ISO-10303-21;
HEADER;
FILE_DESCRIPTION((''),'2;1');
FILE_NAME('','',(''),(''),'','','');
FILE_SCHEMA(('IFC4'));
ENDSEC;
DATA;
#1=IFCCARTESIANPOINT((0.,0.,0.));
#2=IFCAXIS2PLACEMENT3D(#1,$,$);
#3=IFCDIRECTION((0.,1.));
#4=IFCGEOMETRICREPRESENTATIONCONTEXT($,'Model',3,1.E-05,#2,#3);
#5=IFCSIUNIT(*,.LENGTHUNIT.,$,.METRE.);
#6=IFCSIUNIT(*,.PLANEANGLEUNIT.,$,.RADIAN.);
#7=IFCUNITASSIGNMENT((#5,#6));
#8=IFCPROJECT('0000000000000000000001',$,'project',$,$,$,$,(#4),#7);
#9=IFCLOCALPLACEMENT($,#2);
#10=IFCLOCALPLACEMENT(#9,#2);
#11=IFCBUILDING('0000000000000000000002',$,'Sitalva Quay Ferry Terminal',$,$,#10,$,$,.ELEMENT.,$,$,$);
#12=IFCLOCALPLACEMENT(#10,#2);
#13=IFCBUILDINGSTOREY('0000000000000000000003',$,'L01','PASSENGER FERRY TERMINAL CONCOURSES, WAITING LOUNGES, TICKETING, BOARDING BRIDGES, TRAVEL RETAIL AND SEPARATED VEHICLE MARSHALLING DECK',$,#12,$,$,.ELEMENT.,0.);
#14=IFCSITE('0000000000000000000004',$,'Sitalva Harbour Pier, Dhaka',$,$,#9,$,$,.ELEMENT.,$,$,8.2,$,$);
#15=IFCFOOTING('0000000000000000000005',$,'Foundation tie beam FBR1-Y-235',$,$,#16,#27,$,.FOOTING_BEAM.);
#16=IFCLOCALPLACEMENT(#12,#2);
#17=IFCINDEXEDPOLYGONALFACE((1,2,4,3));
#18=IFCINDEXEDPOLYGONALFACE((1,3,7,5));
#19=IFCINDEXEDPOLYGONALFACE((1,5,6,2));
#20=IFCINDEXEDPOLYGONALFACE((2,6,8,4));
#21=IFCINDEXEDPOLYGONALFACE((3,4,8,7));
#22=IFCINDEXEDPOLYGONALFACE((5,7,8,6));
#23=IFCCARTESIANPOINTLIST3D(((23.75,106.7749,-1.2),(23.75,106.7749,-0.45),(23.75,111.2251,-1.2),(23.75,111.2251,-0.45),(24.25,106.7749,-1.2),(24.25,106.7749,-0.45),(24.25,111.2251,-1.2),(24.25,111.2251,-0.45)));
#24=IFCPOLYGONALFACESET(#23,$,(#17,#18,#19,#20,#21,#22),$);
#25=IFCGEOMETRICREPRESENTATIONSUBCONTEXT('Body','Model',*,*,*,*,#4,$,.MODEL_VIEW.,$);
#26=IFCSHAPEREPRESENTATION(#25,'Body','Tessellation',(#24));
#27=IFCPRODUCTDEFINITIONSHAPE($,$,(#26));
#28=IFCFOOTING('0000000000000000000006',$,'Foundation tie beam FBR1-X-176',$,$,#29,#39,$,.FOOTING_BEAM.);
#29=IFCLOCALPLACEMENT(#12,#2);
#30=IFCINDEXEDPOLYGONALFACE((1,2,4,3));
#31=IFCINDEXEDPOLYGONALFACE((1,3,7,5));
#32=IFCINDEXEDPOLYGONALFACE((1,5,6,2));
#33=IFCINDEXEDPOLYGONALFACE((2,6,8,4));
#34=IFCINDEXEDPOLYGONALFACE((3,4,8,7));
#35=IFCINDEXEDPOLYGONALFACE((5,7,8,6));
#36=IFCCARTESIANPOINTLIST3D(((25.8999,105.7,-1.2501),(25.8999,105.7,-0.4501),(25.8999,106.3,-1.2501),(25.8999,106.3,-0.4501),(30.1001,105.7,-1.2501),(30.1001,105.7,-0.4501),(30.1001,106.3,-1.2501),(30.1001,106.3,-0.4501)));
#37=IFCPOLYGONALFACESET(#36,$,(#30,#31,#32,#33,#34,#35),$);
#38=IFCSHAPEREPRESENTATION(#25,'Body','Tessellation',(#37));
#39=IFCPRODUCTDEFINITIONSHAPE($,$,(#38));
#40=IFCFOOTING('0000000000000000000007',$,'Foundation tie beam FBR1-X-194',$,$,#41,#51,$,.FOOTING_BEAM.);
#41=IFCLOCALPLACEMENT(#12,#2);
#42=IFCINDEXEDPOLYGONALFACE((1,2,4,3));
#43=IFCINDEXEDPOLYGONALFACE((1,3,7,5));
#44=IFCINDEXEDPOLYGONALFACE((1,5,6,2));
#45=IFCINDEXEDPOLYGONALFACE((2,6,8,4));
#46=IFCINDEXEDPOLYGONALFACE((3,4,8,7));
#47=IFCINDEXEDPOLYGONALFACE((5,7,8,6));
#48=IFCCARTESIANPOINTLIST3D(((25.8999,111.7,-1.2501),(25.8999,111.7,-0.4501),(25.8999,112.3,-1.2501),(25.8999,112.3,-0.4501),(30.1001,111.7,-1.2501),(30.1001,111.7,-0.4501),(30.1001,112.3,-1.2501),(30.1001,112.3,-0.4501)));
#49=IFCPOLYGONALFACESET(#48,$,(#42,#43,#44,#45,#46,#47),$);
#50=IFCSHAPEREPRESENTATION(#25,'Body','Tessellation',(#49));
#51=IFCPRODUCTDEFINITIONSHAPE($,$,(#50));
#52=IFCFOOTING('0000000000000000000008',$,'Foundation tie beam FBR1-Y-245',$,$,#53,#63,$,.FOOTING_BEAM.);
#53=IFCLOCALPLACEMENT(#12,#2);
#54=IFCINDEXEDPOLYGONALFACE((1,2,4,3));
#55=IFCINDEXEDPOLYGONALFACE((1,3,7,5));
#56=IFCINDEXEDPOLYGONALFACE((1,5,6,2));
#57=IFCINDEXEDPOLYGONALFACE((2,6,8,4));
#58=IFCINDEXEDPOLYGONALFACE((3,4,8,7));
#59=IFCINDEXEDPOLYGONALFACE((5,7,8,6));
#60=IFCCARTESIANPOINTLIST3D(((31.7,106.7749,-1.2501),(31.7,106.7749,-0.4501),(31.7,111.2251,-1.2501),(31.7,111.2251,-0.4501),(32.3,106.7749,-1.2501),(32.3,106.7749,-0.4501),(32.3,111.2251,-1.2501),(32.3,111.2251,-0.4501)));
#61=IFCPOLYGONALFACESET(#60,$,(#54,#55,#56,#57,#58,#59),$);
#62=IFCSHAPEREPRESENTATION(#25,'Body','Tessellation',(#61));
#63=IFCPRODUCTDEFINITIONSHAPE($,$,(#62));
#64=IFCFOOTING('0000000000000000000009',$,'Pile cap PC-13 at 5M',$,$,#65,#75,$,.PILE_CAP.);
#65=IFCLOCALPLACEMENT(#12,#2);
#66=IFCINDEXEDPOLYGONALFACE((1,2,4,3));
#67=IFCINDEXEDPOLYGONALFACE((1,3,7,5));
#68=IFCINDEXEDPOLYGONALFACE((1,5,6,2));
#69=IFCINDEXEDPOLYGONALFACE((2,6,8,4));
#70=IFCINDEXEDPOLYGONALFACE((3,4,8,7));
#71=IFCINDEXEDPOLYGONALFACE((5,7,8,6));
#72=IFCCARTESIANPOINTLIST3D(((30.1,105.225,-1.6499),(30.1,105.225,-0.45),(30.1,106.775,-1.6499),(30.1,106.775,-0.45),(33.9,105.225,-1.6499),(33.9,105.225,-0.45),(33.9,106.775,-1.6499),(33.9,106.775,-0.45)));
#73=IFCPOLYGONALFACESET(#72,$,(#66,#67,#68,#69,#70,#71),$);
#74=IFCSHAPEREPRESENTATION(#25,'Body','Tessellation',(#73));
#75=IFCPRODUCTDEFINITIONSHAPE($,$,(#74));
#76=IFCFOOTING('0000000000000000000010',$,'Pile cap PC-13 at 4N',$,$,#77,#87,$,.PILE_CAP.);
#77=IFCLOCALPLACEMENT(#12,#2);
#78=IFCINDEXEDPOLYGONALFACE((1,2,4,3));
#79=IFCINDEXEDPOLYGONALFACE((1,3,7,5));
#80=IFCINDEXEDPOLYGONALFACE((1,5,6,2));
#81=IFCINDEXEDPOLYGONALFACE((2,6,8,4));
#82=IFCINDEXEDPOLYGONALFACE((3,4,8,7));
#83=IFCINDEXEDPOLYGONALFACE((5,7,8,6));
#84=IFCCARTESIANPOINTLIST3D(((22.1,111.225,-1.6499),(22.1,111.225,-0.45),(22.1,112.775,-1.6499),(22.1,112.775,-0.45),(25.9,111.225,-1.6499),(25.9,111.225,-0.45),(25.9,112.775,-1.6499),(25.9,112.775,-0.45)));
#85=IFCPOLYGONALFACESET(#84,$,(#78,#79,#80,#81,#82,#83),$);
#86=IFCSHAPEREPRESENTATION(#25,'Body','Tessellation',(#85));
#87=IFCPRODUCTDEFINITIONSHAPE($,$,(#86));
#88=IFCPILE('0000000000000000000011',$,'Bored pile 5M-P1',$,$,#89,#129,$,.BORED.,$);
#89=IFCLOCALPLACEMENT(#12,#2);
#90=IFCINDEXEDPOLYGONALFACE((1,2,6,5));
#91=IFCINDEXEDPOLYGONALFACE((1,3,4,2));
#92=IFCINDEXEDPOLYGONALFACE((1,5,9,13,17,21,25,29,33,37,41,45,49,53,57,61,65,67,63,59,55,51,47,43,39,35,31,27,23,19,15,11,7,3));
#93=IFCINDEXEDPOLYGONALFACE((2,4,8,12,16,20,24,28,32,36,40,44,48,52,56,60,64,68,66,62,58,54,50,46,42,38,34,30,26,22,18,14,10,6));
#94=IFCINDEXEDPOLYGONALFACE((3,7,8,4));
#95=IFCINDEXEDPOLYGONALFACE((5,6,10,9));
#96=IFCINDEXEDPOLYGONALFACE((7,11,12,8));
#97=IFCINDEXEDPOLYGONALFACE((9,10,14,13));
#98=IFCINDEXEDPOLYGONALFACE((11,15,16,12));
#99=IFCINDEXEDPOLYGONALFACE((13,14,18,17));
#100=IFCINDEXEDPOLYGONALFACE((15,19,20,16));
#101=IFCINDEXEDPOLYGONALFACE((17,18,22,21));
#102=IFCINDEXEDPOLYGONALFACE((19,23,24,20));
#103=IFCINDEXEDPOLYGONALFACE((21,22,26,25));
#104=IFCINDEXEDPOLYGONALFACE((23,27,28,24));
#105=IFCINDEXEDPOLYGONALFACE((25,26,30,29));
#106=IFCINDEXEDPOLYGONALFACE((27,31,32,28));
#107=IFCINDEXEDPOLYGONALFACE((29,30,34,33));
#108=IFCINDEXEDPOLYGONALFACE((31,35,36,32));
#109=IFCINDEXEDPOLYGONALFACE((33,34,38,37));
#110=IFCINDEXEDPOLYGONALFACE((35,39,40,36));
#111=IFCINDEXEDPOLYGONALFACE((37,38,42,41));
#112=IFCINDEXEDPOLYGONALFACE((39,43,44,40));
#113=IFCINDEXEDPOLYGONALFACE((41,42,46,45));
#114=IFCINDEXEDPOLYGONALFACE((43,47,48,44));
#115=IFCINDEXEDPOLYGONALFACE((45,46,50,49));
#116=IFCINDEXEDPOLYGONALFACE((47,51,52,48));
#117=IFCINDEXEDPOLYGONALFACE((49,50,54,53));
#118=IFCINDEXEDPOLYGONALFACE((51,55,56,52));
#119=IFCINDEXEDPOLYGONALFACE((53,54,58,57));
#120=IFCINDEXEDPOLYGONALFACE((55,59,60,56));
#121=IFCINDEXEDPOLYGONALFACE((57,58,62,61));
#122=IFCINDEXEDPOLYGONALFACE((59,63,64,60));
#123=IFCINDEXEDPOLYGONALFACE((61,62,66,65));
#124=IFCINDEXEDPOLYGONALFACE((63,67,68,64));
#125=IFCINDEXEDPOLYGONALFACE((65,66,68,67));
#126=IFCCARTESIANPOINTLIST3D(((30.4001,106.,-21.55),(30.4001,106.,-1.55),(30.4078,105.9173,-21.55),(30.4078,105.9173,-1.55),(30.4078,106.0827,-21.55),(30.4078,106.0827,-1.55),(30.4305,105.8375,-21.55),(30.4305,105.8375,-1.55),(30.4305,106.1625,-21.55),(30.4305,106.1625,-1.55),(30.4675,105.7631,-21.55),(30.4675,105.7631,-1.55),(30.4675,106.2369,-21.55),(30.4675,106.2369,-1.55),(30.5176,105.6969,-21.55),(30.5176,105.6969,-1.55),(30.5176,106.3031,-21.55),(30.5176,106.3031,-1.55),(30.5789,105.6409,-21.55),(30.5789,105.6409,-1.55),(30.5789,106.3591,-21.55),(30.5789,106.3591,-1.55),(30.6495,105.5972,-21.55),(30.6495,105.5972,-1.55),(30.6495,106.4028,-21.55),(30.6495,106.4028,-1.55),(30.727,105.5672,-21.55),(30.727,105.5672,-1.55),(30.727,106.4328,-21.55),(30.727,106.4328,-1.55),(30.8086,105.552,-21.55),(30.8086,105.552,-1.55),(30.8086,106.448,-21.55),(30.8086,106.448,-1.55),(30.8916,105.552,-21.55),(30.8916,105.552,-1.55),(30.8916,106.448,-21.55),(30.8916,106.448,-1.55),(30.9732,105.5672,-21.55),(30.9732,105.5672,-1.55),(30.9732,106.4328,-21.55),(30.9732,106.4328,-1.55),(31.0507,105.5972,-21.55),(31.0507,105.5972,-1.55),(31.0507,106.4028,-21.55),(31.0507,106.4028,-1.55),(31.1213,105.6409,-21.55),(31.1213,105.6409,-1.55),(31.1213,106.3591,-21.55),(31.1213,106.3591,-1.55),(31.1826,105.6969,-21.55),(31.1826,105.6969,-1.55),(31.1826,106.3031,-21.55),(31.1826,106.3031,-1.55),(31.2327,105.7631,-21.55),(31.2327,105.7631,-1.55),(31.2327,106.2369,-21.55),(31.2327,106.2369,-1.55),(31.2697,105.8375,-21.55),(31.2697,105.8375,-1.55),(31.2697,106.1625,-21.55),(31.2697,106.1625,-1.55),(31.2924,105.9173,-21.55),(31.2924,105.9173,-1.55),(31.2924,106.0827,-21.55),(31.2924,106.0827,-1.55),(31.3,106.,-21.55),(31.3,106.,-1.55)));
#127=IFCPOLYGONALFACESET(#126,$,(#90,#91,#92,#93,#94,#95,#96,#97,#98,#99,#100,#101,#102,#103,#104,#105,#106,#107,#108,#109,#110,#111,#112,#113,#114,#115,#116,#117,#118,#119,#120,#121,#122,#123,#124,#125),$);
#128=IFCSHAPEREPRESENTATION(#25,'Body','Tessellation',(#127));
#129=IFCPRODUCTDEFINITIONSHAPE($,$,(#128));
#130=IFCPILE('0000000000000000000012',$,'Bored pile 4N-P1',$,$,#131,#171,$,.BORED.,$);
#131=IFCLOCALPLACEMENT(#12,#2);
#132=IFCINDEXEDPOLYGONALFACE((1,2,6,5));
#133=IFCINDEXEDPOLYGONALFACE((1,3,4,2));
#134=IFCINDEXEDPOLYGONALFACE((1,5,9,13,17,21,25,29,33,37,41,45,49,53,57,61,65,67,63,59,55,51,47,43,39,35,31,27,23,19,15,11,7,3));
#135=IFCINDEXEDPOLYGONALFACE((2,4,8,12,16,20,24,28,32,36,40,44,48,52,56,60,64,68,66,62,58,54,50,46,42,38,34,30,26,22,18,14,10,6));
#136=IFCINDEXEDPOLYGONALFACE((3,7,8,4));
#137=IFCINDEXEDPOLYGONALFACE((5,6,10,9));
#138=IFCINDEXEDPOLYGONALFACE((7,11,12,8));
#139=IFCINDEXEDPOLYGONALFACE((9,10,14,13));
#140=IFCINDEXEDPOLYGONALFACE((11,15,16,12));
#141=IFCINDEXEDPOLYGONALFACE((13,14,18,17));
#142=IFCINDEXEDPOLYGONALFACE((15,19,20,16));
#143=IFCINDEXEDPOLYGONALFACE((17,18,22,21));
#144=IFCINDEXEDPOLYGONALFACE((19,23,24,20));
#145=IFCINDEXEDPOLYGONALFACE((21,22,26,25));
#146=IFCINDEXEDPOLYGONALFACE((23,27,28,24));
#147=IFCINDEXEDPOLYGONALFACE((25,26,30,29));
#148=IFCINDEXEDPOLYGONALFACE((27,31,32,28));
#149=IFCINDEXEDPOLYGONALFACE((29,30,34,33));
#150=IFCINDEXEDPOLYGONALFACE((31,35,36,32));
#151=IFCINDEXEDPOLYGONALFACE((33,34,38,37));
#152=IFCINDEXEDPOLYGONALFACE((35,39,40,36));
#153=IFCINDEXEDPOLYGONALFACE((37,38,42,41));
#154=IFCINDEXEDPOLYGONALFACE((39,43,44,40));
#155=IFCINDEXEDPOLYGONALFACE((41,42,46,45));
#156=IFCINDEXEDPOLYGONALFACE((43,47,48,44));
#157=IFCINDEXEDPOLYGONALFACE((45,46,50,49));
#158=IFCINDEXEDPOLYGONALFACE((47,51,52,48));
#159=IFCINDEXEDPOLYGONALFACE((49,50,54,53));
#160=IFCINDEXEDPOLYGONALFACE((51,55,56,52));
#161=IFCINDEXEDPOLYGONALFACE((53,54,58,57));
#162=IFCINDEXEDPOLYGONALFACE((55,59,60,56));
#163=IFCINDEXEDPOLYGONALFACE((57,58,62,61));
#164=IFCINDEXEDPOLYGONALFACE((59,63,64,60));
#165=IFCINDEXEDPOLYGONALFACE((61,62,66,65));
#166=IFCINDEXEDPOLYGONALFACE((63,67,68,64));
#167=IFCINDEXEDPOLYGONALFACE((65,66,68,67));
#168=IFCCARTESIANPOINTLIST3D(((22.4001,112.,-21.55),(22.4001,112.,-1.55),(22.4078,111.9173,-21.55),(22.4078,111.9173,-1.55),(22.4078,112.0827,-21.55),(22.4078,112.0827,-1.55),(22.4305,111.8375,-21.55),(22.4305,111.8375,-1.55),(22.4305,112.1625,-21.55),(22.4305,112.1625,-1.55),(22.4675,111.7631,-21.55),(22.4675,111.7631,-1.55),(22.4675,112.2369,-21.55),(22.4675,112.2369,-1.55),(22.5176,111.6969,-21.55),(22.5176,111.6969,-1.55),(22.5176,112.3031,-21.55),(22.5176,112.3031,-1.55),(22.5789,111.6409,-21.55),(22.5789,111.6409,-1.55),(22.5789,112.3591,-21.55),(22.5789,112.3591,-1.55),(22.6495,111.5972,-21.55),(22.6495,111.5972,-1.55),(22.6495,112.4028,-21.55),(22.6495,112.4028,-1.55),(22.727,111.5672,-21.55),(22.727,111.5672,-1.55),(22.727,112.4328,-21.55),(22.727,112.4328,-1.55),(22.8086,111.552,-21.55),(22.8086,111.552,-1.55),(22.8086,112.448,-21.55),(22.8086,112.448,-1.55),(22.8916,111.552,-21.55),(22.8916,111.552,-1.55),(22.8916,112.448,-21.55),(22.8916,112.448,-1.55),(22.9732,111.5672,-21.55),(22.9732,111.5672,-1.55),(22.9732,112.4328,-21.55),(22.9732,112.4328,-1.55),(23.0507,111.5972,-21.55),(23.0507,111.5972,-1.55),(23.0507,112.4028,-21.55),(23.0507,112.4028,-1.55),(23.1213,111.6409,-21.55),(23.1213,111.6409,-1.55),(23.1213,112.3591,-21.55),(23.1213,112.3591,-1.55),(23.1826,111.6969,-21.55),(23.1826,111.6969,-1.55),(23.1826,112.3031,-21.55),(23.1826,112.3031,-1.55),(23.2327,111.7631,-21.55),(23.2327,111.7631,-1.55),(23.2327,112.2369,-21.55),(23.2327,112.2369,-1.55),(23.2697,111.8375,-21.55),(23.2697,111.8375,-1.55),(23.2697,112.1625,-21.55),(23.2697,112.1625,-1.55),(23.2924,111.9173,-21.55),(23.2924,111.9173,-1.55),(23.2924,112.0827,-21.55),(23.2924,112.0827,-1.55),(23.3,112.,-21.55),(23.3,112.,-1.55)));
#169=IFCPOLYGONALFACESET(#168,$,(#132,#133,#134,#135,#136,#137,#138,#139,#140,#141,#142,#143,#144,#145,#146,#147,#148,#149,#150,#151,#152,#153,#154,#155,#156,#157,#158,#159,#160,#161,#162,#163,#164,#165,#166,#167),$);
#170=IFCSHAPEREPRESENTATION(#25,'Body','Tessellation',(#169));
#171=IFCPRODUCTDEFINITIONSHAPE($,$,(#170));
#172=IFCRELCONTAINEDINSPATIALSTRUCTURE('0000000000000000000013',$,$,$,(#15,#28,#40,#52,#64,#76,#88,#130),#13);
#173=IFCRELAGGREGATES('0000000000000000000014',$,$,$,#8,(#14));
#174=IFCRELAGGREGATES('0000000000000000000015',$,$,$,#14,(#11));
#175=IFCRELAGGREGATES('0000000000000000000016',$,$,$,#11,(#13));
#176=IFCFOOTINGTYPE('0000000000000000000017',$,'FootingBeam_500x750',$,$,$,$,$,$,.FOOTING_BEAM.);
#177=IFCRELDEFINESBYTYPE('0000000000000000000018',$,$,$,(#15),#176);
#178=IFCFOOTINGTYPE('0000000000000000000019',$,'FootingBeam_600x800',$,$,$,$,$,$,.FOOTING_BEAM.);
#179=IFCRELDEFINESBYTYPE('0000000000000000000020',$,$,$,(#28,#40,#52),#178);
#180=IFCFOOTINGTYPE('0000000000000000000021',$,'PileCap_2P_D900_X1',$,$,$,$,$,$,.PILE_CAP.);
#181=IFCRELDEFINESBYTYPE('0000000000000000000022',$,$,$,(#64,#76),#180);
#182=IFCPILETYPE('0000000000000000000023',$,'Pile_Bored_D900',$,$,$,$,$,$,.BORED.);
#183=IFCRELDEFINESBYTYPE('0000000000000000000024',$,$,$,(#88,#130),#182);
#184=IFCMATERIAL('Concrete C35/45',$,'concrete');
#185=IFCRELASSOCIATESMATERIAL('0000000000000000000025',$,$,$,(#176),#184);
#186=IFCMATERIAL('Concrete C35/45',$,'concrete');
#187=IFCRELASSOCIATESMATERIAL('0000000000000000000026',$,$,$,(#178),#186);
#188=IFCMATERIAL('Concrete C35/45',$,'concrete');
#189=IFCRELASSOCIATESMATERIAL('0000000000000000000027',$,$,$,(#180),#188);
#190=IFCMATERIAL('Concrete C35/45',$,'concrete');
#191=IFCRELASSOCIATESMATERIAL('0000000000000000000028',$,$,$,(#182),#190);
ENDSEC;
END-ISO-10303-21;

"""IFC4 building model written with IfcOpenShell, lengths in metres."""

from ifc_helpers import new_model, si_unit, direction, frame, origin, origin_2d, place, context, subcontext, project, spatial, rectangle, circle, extrude, material, material_profile, profile_set, type_object, element, save


model = new_model("IFC4")

# Units and contexts
model_context = context("Model", 3, precision=1e-05, world=origin(), true_north=direction((0.0, 1.0)))
body_context = subcontext(model_context, "Body", "Model", "MODEL_VIEW")
ifc_project = project(units=[si_unit("LENGTHUNIT", "METRE"), si_unit("PLANEANGLEUNIT", "RADIAN")], contexts=[model_context])

# Site, building, storey
site_placement = place(None, origin())
site = spatial("IfcSite", under=ifc_project, at=site_placement, Name="Sitalva Harbour Pier, Dhaka", CompositionType="ELEMENT", RefElevation=8.2)
building_placement = place(site_placement, origin())
building = spatial("IfcBuilding", under=site, at=building_placement, Name="Sitalva Quay Ferry Terminal", CompositionType="ELEMENT")
storey_placement = place(building_placement, origin())
storey = spatial("IfcBuildingStorey", under=building, at=storey_placement, Name="L01", Description="PASSENGER FERRY TERMINAL CONCOURSES, WAITING LOUNGES, TICKETING, BOARDING BRIDGES, TRAVEL RETAIL AND SEPARATED VEHICLE MARSHALLING DECK", CompositionType="ELEMENT", Elevation=0.0)

# Footings
ifc_material_1 = material(Name="Concrete C35/45", Category="concrete")
ifc_material_profile_1 = material_profile(ifc_material_1, rectangle(XDim=0.5, YDim=0.75, at=origin_2d()), Name="RC500x750")
ifc_profile_set_1 = profile_set([ifc_material_profile_1], Name="Concrete C35/45")
footing_type_1 = type_object("IfcFootingType", Name="FootingBeam_500x750", PredefinedType="FOOTING_BEAM", material=ifc_profile_set_1)
footing_1_placement = place(storey_placement, frame((24.0, 106.7749, -0.825), z_axis=(0.0, 1.0, 0.0), x_axis=(-1.0, 0.0, 0.0)))
element("IfcFooting", 1, at=footing_1_placement, inside=storey, type_object=footing_type_1, Name="Foundation tie beam FBR1-Y-235", PredefinedType="FOOTING_BEAM", context=body_context, shape_type="SweptSolid", body=[
    extrude(rectangle(XDim=0.5, YDim=0.75, at=origin_2d()), origin(), (0.0, 0.0, 1.0), 4.4502),
])
ifc_material_2 = material(Name="Concrete C35/45", Category="concrete")
ifc_material_profile_2 = material_profile(ifc_material_2, rectangle(XDim=0.6001, YDim=0.8, at=origin_2d()), Name="RC600x800")
ifc_profile_set_2 = profile_set([ifc_material_profile_2], Name="Concrete C35/45")
footing_type_2 = type_object("IfcFootingType", Name="FootingBeam_600x800", PredefinedType="FOOTING_BEAM", material=ifc_profile_set_2)
for number, where, z_axis, x_axis, name in (
    (2, (25.8999, 106.0, -0.8501), (1.0, 0.0, 0.0), (0.0, 1.0, 0.0), "Foundation tie beam FBR1-X-176"),
    (3, (25.8999, 112.0, -0.8501), (1.0, 0.0, 0.0), (0.0, 1.0, 0.0), "Foundation tie beam FBR1-X-194"),
):
    element("IfcFooting", number, at=place(storey_placement, frame(where, z_axis=z_axis, x_axis=x_axis)), inside=storey, type_object=footing_type_2, Name=name, PredefinedType="FOOTING_BEAM", context=body_context, shape_type="SweptSolid", body=[
        extrude(rectangle(XDim=0.6001, YDim=0.8, at=origin_2d()), origin(), (0.0, 0.0, 1.0), 4.2002),
    ])
footing_2_placement = place(storey_placement, frame((32.0, 106.7749, -0.8501), z_axis=(0.0, 1.0, 0.0), x_axis=(-1.0, 0.0, 0.0)))
element("IfcFooting", 4, at=footing_2_placement, inside=storey, type_object=footing_type_2, Name="Foundation tie beam FBR1-Y-245", PredefinedType="FOOTING_BEAM", context=body_context, shape_type="SweptSolid", body=[
    extrude(rectangle(XDim=0.6001, YDim=0.8, at=origin_2d()), origin(), (0.0, 0.0, 1.0), 4.4502),
])
ifc_material_3 = material(Name="Concrete C35/45", Category="concrete")
footing_type_3 = type_object("IfcFootingType", Name="PileCap_2P_D900_X1", PredefinedType="PILE_CAP", material=ifc_material_3)
for number, where, z_axis, x_axis, name in (
    (5, (32.0, 106.0, -1.6499), (0.0, 0.0, 1.0), (1.0, 0.0, 0.0), "Pile cap PC-13 at 5M"),
    (6, (24.0, 112.0, -1.6499), (0.0, 0.0, 1.0), (1.0, 0.0, 0.0), "Pile cap PC-13 at 4N"),
):
    element("IfcFooting", number, at=place(storey_placement, frame(where, z_axis=z_axis, x_axis=x_axis)), inside=storey, type_object=footing_type_3, Name=name, PredefinedType="PILE_CAP", context=body_context, shape_type="SweptSolid", body=[
        extrude(rectangle(XDim=3.8, YDim=1.55, at=origin_2d()), origin(), (0.0, 0.0, 1.0), 1.2),
    ])

# Piles
ifc_material_4 = material(Name="Concrete C35/45", Category="concrete")
ifc_material_profile_3 = material_profile(ifc_material_4, circle(Radius=0.45, at=origin_2d()), Name="PILE-D900")
ifc_profile_set_3 = profile_set([ifc_material_profile_3], Name="Concrete C35/45")
pile_type = type_object("IfcPileType", Name="Pile_Bored_D900", PredefinedType="BORED", material=ifc_profile_set_3)
for number, where, z_axis, x_axis, name in (
    (7, (30.8501, 106.0, -1.55), (0.0, 0.0, -1.0), (1.0, 0.0, 0.0), "Bored pile 5M-P1"),
    (8, (22.8501, 112.0, -1.55), (0.0, 0.0, -1.0), (1.0, 0.0, 0.0), "Bored pile 4N-P1"),
):
    element("IfcPile", number, at=place(storey_placement, frame(where, z_axis=z_axis, x_axis=x_axis)), inside=storey, type_object=pile_type, Name=name, PredefinedType="BORED", context=body_context, shape_type="SweptSolid", body=[
        extrude(circle(Radius=0.45, at=origin_2d()), origin(), (0.0, 0.0, 1.0), 20.0),
    ])

save(model, "model.ifc")
